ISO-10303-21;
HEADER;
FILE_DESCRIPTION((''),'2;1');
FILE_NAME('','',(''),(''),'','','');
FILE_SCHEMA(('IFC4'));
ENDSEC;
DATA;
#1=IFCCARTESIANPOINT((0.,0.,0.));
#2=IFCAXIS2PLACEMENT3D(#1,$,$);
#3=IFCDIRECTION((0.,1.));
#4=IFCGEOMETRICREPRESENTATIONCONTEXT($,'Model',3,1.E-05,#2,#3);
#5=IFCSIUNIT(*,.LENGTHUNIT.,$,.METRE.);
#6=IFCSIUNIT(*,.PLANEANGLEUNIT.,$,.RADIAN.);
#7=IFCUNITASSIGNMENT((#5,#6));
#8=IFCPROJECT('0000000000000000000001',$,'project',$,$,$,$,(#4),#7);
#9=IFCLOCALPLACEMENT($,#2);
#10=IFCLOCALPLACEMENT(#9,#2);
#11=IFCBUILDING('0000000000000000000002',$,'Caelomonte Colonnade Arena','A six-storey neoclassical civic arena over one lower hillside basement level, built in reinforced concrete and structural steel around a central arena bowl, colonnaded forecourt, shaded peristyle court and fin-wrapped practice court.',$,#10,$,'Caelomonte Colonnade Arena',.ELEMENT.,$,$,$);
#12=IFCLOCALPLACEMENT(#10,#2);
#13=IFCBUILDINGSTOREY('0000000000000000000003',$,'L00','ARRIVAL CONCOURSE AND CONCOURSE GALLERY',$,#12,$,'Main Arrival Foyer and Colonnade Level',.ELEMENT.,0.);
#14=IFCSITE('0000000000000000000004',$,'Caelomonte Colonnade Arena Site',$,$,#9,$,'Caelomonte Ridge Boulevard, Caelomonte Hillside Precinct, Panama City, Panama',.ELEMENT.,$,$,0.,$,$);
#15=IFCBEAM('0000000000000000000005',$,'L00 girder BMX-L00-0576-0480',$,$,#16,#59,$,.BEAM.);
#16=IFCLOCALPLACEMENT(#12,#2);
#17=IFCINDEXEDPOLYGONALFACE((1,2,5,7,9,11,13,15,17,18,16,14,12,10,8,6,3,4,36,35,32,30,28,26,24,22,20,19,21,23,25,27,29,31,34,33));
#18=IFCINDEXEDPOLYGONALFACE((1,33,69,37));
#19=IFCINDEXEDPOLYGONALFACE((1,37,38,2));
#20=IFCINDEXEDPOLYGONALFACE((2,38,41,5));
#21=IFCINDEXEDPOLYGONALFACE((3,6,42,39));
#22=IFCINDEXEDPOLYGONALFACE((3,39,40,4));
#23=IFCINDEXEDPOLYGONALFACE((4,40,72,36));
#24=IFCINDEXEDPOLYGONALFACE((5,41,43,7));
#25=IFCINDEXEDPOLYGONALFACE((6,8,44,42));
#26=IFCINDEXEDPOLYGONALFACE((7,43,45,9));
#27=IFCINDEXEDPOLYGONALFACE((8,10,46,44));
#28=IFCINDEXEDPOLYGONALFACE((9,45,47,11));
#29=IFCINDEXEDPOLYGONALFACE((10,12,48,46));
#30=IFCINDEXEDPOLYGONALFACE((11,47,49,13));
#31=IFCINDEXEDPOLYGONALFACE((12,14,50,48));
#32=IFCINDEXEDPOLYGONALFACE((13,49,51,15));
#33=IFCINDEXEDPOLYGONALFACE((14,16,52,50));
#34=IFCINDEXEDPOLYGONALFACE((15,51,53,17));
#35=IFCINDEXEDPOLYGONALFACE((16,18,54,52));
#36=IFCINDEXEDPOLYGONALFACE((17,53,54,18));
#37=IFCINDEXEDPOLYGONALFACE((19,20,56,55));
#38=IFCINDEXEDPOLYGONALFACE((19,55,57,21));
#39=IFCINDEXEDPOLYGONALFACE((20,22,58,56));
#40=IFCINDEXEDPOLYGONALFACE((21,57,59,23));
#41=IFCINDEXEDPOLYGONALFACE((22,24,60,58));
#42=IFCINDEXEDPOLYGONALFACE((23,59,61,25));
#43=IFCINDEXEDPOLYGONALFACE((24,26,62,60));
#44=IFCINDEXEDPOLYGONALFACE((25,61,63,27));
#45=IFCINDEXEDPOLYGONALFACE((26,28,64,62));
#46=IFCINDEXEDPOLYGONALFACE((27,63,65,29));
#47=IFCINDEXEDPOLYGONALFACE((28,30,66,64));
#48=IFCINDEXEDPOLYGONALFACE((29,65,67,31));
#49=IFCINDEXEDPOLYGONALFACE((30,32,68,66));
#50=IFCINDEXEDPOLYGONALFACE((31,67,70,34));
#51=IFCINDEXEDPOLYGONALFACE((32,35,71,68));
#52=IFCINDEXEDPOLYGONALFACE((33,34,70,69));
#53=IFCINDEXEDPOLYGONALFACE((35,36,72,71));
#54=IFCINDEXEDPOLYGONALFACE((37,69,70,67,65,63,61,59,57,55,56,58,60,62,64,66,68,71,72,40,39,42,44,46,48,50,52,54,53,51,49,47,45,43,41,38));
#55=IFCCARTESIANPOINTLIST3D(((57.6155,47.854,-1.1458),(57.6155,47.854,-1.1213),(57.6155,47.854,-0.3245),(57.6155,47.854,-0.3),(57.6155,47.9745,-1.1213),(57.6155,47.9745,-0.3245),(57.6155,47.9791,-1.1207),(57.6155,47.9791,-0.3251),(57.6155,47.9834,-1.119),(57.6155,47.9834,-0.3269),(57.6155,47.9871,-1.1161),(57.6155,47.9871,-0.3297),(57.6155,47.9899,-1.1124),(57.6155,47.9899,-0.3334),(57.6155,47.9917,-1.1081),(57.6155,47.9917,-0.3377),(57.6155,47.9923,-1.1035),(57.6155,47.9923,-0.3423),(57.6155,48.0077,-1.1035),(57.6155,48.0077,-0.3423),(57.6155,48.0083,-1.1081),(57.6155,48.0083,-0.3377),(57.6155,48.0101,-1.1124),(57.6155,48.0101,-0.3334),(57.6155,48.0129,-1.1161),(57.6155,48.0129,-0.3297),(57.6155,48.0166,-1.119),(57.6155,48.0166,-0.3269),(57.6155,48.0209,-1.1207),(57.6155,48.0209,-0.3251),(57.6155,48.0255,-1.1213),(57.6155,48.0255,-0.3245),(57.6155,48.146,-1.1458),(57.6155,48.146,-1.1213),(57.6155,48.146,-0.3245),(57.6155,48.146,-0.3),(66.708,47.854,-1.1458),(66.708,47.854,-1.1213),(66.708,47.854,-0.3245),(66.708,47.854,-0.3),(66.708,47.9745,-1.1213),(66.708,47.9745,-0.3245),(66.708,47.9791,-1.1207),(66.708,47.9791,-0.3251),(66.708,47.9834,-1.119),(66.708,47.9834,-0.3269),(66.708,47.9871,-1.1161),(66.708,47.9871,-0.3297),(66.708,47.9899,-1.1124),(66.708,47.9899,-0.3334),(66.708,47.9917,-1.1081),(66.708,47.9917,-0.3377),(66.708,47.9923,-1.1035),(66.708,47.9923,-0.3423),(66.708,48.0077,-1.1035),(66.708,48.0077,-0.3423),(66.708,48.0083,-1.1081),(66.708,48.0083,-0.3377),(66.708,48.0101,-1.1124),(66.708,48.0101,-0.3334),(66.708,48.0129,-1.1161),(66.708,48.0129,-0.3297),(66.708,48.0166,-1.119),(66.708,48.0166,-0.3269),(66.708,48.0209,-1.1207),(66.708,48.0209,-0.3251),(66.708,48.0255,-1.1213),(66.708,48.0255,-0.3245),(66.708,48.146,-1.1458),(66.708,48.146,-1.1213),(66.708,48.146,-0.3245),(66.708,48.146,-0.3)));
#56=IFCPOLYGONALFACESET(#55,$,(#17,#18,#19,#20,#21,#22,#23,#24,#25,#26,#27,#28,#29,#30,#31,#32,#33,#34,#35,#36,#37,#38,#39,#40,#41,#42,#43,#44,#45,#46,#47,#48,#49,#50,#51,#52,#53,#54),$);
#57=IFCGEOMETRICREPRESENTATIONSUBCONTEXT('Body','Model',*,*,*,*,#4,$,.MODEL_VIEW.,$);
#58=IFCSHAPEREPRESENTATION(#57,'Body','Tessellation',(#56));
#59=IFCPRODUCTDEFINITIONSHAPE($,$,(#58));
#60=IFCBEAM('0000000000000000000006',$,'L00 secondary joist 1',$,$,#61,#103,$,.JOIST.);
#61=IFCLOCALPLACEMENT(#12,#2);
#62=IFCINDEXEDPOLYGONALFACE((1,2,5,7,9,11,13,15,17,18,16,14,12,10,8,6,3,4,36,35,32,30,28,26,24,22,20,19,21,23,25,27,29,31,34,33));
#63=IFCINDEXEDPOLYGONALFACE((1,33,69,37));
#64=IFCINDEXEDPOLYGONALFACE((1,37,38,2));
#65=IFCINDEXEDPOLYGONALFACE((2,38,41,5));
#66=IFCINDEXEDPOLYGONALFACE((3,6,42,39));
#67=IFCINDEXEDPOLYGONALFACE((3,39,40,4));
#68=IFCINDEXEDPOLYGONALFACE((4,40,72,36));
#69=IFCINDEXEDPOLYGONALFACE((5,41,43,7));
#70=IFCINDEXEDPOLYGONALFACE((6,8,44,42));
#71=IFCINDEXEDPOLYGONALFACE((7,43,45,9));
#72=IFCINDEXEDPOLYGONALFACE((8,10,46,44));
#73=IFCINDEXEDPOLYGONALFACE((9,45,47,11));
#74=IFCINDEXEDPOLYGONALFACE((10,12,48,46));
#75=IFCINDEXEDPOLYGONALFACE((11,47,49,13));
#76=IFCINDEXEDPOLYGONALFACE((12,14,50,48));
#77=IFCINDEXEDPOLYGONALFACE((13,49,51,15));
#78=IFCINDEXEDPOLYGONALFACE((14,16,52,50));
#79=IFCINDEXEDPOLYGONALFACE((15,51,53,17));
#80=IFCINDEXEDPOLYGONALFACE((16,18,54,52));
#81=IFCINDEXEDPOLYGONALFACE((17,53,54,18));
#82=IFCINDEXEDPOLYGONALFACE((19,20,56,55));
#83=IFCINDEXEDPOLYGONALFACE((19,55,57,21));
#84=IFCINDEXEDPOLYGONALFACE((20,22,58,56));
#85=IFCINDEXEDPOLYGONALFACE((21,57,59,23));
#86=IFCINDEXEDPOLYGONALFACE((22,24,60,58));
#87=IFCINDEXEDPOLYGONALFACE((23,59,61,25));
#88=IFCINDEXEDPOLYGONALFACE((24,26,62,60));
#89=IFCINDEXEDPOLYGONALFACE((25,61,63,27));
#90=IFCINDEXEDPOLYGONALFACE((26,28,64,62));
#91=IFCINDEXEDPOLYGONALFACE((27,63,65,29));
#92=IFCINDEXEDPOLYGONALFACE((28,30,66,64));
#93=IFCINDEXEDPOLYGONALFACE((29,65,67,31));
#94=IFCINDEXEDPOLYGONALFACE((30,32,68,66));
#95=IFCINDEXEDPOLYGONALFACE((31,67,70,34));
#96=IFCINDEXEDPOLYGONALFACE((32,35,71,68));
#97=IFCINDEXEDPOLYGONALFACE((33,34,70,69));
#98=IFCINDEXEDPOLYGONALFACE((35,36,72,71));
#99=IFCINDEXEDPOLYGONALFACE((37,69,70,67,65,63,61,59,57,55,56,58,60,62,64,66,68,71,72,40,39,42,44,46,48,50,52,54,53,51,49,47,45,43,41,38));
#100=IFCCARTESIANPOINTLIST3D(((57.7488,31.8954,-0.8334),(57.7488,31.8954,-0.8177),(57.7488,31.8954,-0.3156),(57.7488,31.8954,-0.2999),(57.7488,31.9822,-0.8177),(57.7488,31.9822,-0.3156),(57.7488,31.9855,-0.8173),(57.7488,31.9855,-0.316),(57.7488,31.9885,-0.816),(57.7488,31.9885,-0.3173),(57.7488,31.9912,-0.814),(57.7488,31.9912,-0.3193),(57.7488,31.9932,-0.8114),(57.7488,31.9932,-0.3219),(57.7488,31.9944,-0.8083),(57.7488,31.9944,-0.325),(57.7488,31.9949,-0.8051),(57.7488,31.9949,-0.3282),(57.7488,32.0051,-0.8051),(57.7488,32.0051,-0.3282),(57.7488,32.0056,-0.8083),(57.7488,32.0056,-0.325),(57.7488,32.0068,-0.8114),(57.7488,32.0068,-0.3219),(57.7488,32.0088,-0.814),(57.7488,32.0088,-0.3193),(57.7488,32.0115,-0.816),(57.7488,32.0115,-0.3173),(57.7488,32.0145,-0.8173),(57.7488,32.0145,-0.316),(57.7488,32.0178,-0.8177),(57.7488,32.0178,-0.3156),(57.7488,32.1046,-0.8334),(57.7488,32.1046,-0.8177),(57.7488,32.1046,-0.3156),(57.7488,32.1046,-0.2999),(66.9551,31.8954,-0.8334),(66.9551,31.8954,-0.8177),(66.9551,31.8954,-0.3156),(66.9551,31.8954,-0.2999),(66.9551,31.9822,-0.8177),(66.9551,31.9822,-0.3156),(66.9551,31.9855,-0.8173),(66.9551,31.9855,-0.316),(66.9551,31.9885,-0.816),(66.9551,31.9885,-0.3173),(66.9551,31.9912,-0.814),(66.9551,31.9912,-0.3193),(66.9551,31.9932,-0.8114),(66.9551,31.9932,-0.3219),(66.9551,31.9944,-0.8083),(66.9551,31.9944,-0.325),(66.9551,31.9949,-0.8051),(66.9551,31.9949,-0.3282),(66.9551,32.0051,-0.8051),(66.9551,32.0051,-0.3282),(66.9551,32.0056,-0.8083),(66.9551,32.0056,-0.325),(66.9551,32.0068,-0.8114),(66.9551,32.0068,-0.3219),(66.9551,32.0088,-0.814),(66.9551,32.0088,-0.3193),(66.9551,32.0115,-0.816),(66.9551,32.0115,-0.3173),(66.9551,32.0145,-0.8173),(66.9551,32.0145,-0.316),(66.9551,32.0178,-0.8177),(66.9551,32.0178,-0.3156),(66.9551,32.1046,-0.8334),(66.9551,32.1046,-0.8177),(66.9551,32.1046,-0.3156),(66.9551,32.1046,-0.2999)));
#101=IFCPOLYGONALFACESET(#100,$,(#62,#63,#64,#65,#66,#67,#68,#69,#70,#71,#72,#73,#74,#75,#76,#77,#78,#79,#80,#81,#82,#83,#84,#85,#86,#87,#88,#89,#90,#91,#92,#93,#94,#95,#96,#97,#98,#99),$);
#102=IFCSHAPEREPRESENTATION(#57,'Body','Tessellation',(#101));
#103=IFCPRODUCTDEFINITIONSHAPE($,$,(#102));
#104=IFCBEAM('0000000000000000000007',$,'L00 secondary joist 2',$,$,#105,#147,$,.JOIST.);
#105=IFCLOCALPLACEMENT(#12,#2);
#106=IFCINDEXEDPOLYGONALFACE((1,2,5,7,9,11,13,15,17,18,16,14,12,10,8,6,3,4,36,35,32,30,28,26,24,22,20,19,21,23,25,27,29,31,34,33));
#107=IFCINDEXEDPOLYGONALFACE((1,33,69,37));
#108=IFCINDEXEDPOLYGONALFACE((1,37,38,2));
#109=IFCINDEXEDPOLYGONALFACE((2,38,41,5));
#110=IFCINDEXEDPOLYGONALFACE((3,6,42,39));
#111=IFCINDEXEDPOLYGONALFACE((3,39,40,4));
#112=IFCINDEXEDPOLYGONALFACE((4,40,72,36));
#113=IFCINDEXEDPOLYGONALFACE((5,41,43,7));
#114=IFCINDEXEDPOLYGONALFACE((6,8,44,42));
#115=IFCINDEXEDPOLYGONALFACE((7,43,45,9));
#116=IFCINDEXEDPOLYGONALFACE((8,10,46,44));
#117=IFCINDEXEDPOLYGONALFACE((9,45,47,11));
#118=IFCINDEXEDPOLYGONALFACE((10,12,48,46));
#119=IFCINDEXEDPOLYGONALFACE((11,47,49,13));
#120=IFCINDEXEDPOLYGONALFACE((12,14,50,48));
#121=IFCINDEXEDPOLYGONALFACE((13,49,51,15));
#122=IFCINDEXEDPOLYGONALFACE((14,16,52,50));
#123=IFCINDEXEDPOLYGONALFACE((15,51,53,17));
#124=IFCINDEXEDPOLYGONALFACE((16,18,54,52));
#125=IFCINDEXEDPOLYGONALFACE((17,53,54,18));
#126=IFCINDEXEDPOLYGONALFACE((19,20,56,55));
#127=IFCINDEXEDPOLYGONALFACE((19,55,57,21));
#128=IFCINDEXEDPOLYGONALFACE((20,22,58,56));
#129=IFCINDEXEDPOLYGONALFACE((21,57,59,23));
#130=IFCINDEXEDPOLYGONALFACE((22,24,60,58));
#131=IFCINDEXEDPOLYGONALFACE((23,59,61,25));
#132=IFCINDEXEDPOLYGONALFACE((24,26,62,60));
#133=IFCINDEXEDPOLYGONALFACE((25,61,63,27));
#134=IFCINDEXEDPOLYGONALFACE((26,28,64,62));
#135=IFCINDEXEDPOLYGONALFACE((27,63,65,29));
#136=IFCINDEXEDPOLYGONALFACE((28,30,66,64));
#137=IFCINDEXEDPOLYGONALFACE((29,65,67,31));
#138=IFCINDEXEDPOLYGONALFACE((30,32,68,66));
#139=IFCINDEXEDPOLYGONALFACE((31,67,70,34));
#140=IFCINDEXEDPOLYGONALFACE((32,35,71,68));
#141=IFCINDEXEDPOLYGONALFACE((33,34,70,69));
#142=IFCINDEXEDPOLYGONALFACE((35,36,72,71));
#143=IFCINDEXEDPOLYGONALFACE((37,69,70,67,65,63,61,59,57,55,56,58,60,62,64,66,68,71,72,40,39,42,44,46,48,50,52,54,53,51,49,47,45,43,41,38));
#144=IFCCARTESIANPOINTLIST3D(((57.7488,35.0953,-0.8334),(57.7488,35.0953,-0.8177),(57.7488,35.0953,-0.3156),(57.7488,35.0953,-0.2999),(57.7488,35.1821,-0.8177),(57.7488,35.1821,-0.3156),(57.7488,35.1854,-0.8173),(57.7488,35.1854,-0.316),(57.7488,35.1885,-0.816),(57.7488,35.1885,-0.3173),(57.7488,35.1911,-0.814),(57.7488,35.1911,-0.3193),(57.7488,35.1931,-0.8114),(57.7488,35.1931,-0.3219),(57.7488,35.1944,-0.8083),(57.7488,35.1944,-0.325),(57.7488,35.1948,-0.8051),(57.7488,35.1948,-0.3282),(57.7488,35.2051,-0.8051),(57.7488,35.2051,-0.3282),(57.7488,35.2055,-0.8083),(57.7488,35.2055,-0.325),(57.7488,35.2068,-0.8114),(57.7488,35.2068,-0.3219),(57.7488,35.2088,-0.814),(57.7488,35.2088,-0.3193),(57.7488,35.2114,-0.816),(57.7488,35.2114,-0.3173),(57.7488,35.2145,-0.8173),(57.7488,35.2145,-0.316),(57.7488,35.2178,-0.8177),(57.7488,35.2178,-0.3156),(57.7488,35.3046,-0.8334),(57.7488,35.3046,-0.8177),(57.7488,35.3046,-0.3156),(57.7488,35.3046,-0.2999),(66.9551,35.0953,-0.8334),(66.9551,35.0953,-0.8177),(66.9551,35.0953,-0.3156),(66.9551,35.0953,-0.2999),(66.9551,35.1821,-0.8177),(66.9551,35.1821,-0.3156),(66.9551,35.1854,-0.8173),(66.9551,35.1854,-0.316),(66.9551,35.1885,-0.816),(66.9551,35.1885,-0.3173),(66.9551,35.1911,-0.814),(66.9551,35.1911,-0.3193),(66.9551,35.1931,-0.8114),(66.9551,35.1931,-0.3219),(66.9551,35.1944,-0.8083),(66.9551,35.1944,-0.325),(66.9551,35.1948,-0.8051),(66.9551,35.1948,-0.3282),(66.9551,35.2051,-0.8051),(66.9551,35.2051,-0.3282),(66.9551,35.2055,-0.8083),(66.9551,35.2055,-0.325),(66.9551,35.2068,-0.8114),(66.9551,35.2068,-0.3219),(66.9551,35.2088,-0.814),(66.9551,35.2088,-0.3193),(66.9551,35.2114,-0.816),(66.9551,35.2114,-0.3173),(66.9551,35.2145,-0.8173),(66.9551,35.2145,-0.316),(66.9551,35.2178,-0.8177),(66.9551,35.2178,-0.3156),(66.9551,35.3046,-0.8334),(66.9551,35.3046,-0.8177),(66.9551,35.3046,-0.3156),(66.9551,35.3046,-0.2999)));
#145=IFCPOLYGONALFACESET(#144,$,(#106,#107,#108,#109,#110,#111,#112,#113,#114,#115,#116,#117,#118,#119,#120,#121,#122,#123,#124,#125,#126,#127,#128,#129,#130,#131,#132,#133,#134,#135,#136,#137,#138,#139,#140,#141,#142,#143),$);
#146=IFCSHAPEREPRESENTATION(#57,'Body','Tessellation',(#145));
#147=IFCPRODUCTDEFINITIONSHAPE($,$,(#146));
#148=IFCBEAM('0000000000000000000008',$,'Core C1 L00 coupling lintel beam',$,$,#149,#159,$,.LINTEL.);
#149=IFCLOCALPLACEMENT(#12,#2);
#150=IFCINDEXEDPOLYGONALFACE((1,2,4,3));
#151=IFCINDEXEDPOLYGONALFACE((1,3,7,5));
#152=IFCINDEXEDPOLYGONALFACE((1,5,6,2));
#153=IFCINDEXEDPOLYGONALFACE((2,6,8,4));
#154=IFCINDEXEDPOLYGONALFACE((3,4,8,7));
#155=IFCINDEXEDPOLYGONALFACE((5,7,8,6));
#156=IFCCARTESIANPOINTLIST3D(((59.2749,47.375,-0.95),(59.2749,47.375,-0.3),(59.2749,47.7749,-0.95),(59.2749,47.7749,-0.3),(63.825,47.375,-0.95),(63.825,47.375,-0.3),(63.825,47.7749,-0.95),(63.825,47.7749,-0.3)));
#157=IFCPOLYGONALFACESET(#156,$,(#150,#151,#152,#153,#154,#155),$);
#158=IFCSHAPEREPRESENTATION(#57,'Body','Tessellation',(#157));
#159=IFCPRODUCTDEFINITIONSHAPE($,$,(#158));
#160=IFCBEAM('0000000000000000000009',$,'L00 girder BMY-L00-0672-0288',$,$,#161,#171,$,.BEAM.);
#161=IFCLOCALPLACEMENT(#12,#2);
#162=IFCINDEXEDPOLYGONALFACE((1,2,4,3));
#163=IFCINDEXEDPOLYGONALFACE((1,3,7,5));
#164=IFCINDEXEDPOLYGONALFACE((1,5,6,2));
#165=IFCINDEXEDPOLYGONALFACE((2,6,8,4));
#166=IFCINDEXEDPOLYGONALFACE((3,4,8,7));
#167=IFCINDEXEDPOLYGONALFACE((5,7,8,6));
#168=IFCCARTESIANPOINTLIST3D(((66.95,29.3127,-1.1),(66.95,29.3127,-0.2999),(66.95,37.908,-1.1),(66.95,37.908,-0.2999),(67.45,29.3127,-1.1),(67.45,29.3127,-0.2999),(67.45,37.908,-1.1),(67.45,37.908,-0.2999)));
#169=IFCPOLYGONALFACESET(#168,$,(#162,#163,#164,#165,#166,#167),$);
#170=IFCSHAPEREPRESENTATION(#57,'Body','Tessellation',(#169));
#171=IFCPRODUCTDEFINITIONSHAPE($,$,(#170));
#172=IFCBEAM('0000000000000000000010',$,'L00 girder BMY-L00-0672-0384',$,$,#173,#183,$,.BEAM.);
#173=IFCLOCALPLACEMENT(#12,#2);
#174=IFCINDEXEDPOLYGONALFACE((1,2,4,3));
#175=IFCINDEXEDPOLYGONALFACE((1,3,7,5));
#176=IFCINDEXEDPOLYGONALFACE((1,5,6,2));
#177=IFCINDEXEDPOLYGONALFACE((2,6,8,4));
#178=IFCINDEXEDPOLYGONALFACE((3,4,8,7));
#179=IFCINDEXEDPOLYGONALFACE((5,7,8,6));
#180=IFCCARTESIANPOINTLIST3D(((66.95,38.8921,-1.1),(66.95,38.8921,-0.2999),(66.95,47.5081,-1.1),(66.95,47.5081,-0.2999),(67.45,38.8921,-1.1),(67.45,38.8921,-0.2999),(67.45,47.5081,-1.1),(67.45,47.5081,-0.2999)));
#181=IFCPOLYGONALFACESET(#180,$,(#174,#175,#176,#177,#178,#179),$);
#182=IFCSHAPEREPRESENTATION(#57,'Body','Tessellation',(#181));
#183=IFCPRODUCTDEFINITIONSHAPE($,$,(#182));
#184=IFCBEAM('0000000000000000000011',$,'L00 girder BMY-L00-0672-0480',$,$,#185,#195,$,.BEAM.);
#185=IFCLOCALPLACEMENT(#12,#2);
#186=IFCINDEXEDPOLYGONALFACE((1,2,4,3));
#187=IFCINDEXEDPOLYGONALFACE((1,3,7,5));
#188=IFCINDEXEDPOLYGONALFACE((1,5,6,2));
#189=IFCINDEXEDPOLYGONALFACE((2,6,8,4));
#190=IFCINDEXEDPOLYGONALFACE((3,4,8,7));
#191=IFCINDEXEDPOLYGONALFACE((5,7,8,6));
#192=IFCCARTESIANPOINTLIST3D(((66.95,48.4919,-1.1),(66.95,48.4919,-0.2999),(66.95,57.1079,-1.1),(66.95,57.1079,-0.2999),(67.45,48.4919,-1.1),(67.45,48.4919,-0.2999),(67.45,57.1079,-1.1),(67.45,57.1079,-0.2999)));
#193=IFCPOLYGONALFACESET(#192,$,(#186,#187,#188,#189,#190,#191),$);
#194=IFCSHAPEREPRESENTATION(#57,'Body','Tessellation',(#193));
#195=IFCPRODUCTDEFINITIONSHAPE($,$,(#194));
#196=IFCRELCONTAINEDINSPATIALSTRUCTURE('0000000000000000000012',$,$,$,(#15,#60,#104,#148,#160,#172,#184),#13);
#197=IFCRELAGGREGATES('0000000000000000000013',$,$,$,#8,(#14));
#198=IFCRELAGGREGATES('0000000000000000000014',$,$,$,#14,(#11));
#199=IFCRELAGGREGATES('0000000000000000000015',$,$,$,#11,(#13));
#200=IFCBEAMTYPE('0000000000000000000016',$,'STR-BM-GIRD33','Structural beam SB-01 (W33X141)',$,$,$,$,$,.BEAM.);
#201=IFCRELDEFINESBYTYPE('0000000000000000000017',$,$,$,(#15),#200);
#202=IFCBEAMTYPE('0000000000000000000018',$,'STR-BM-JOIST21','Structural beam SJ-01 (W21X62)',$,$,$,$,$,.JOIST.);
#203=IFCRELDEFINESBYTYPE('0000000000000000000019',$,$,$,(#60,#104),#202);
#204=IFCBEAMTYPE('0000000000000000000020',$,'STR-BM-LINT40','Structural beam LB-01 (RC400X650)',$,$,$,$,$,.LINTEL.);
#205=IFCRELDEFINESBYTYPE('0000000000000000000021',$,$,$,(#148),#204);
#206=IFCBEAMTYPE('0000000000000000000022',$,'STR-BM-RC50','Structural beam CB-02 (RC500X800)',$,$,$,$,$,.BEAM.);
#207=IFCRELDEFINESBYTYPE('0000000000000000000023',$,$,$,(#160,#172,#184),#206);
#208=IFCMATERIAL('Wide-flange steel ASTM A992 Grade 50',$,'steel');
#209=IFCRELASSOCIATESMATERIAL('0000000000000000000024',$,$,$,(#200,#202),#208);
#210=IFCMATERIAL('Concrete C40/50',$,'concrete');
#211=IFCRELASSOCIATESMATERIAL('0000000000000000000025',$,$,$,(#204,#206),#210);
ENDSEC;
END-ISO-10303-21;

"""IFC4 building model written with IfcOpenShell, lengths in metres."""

from ifc_helpers import new_model, si_unit, direction, frame, origin, origin_2d, place, context, subcontext, project, spatial, rectangle, i_section, extrude, material, material_profile, profile_set, type_object, element, save


model = new_model("IFC4")

# Units and contexts
model_context = context("Model", 3, precision=1e-05, world=origin(), true_north=direction((0.0, 1.0)))
body_context = subcontext(model_context, "Body", "Model", "MODEL_VIEW")
ifc_project = project(units=[si_unit("LENGTHUNIT", "METRE"), si_unit("PLANEANGLEUNIT", "RADIAN")], contexts=[model_context])

# Site, building, storey
site_placement = place(None, origin())
site = spatial("IfcSite", under=ifc_project, at=site_placement, Name="Caelomonte Colonnade Arena Site", LongName="Caelomonte Ridge Boulevard, Caelomonte Hillside Precinct, Panama City, Panama", CompositionType="ELEMENT", RefElevation=0.0)
building_placement = place(site_placement, origin())
building = spatial("IfcBuilding", under=site, at=building_placement, Name="Caelomonte Colonnade Arena", Description="A six-storey neoclassical civic arena over one lower hillside basement level, built in reinforced concrete and structural steel around a central arena bowl, colonnaded forecourt, shaded peristyle court and fin-wrapped practice court.", LongName="Caelomonte Colonnade Arena", CompositionType="ELEMENT")
storey_placement = place(building_placement, origin())
storey = spatial("IfcBuildingStorey", under=building, at=storey_placement, Name="L00", Description="ARRIVAL CONCOURSE AND CONCOURSE GALLERY", LongName="Main Arrival Foyer and Colonnade Level", CompositionType="ELEMENT", Elevation=0.0)

# Beams
ifc_material_1 = material(Name="Wide-flange steel ASTM A992 Grade 50", Category="steel")
ifc_material_profile_1 = material_profile(ifc_material_1, i_section(OverallWidth=0.292, OverallDepth=0.8457, WebThickness=0.0154, FlangeThickness=0.0244, FilletRadius=0.0178, at=origin_2d()), Name="W33X141")
ifc_profile_set_1 = profile_set([ifc_material_profile_1], Name="Wide-flange steel ASTM A992 Grade 50")
beam_type_1 = type_object("IfcBeamType", Name="STR-BM-GIRD33", Description="Structural beam SB-01 (W33X141)", PredefinedType="BEAM", material=ifc_profile_set_1)
for number, where, z_axis, x_axis, name in (
    (1, (57.6155, 48.0, -0.7229), (1.0, 0.0, 0.0), (0.0, 1.0, 0.0), "L00 girder BMX-L00-0576-0480"),
):
    element("IfcBeam", number, at=place(storey_placement, frame(where, z_axis=z_axis, x_axis=x_axis)), inside=storey, type_object=beam_type_1, Name=name, PredefinedType="BEAM", context=body_context, shape_type="SweptSolid", body=[
        extrude(i_section(OverallWidth=0.292, OverallDepth=0.8457, WebThickness=0.0154, FlangeThickness=0.0244, FilletRadius=0.0178, at=origin_2d()), origin(), (0.0, 0.0, 1.0), 9.0925),
    ])
ifc_material_profile_2 = material_profile(ifc_material_1, i_section(OverallWidth=0.2092, OverallDepth=0.5334, WebThickness=0.0103, FlangeThickness=0.0156, FilletRadius=0.0127, at=origin_2d()), Name="W21X62")
ifc_profile_set_2 = profile_set([ifc_material_profile_2], Name="Wide-flange steel ASTM A992 Grade 50")
beam_type_2 = type_object("IfcBeamType", Name="STR-BM-JOIST21", Description="Structural beam SJ-01 (W21X62)", PredefinedType="JOIST", material=ifc_profile_set_2)
for number, where, z_axis, x_axis, name in (
    (2, (57.7488, 32.0, -0.5667), (1.0, 0.0, 0.0), (0.0, 1.0, 0.0), "L00 secondary joist 1"),
    (3, (57.7488, 35.2, -0.5667), (1.0, 0.0, 0.0), (0.0, 1.0, 0.0), "L00 secondary joist 2"),
):
    element("IfcBeam", number, at=place(storey_placement, frame(where, z_axis=z_axis, x_axis=x_axis)), inside=storey, type_object=beam_type_2, Name=name, PredefinedType="JOIST", context=body_context, shape_type="SweptSolid", body=[
        extrude(i_section(OverallWidth=0.2092, OverallDepth=0.5334, WebThickness=0.0103, FlangeThickness=0.0156, FilletRadius=0.0127, at=origin_2d()), origin(), (0.0, 0.0, 1.0), 9.2063),
    ])
ifc_material_2 = material(Name="Concrete C40/50", Category="concrete")
ifc_material_profile_3 = material_profile(ifc_material_2, rectangle(XDim=0.3999, YDim=0.6499, at=origin_2d()), Name="RC400X650")
ifc_profile_set_3 = profile_set([ifc_material_profile_3], Name="Concrete C40/50")
beam_type_3 = type_object("IfcBeamType", Name="STR-BM-LINT40", Description="Structural beam LB-01 (RC400X650)", PredefinedType="LINTEL", material=ifc_profile_set_3)
beam_1_placement = place(storey_placement, frame((59.2749, 47.575, -0.625), z_axis=(1.0, 0.0, 0.0), x_axis=(0.0, 1.0, 0.0)))
element("IfcBeam", 4, at=beam_1_placement, inside=storey, type_object=beam_type_3, Name="Core C1 L00 coupling lintel beam", PredefinedType="LINTEL", context=body_context, shape_type="SweptSolid", body=[
    extrude(rectangle(XDim=0.3999, YDim=0.6499, at=origin_2d()), origin(), (0.0, 0.0, 1.0), 4.55),
])
ifc_material_profile_4 = material_profile(ifc_material_2, rectangle(XDim=0.5, YDim=0.8, at=origin_2d()), Name="RC500X800")
ifc_profile_set_4 = profile_set([ifc_material_profile_4], Name="Concrete C40/50")
beam_type_4 = type_object("IfcBeamType", Name="STR-BM-RC50", Description="Structural beam CB-02 (RC500X800)", PredefinedType="BEAM", material=ifc_profile_set_4)
beam_2_placement = place(storey_placement, frame((67.2, 29.3127, -0.7), z_axis=(0.0, 1.0, 0.0), x_axis=(-1.0, 0.0, 0.0)))
element("IfcBeam", 5, at=beam_2_placement, inside=storey, type_object=beam_type_4, Name="L00 girder BMY-L00-0672-0288", PredefinedType="BEAM", context=body_context, shape_type="SweptSolid", body=[
    extrude(rectangle(XDim=0.5, YDim=0.8, at=origin_2d()), origin(), (0.0, 0.0, 1.0), 8.5952),
])
for number, where, z_axis, x_axis, name in (
    (6, (67.2, 38.8921, -0.7), (0.0, 1.0, 0.0), (-1.0, 0.0, 0.0), "L00 girder BMY-L00-0672-0384"),
    (7, (67.2, 48.4919, -0.7), (0.0, 1.0, 0.0), (-1.0, 0.0, 0.0), "L00 girder BMY-L00-0672-0480"),
):
    element("IfcBeam", number, at=place(storey_placement, frame(where, z_axis=z_axis, x_axis=x_axis)), inside=storey, type_object=beam_type_4, Name=name, PredefinedType="BEAM", context=body_context, shape_type="SweptSolid", body=[
        extrude(rectangle(XDim=0.5, YDim=0.8, at=origin_2d()), origin(), (0.0, 0.0, 1.0), 8.616),
    ])

save(model, "model.ifc")
